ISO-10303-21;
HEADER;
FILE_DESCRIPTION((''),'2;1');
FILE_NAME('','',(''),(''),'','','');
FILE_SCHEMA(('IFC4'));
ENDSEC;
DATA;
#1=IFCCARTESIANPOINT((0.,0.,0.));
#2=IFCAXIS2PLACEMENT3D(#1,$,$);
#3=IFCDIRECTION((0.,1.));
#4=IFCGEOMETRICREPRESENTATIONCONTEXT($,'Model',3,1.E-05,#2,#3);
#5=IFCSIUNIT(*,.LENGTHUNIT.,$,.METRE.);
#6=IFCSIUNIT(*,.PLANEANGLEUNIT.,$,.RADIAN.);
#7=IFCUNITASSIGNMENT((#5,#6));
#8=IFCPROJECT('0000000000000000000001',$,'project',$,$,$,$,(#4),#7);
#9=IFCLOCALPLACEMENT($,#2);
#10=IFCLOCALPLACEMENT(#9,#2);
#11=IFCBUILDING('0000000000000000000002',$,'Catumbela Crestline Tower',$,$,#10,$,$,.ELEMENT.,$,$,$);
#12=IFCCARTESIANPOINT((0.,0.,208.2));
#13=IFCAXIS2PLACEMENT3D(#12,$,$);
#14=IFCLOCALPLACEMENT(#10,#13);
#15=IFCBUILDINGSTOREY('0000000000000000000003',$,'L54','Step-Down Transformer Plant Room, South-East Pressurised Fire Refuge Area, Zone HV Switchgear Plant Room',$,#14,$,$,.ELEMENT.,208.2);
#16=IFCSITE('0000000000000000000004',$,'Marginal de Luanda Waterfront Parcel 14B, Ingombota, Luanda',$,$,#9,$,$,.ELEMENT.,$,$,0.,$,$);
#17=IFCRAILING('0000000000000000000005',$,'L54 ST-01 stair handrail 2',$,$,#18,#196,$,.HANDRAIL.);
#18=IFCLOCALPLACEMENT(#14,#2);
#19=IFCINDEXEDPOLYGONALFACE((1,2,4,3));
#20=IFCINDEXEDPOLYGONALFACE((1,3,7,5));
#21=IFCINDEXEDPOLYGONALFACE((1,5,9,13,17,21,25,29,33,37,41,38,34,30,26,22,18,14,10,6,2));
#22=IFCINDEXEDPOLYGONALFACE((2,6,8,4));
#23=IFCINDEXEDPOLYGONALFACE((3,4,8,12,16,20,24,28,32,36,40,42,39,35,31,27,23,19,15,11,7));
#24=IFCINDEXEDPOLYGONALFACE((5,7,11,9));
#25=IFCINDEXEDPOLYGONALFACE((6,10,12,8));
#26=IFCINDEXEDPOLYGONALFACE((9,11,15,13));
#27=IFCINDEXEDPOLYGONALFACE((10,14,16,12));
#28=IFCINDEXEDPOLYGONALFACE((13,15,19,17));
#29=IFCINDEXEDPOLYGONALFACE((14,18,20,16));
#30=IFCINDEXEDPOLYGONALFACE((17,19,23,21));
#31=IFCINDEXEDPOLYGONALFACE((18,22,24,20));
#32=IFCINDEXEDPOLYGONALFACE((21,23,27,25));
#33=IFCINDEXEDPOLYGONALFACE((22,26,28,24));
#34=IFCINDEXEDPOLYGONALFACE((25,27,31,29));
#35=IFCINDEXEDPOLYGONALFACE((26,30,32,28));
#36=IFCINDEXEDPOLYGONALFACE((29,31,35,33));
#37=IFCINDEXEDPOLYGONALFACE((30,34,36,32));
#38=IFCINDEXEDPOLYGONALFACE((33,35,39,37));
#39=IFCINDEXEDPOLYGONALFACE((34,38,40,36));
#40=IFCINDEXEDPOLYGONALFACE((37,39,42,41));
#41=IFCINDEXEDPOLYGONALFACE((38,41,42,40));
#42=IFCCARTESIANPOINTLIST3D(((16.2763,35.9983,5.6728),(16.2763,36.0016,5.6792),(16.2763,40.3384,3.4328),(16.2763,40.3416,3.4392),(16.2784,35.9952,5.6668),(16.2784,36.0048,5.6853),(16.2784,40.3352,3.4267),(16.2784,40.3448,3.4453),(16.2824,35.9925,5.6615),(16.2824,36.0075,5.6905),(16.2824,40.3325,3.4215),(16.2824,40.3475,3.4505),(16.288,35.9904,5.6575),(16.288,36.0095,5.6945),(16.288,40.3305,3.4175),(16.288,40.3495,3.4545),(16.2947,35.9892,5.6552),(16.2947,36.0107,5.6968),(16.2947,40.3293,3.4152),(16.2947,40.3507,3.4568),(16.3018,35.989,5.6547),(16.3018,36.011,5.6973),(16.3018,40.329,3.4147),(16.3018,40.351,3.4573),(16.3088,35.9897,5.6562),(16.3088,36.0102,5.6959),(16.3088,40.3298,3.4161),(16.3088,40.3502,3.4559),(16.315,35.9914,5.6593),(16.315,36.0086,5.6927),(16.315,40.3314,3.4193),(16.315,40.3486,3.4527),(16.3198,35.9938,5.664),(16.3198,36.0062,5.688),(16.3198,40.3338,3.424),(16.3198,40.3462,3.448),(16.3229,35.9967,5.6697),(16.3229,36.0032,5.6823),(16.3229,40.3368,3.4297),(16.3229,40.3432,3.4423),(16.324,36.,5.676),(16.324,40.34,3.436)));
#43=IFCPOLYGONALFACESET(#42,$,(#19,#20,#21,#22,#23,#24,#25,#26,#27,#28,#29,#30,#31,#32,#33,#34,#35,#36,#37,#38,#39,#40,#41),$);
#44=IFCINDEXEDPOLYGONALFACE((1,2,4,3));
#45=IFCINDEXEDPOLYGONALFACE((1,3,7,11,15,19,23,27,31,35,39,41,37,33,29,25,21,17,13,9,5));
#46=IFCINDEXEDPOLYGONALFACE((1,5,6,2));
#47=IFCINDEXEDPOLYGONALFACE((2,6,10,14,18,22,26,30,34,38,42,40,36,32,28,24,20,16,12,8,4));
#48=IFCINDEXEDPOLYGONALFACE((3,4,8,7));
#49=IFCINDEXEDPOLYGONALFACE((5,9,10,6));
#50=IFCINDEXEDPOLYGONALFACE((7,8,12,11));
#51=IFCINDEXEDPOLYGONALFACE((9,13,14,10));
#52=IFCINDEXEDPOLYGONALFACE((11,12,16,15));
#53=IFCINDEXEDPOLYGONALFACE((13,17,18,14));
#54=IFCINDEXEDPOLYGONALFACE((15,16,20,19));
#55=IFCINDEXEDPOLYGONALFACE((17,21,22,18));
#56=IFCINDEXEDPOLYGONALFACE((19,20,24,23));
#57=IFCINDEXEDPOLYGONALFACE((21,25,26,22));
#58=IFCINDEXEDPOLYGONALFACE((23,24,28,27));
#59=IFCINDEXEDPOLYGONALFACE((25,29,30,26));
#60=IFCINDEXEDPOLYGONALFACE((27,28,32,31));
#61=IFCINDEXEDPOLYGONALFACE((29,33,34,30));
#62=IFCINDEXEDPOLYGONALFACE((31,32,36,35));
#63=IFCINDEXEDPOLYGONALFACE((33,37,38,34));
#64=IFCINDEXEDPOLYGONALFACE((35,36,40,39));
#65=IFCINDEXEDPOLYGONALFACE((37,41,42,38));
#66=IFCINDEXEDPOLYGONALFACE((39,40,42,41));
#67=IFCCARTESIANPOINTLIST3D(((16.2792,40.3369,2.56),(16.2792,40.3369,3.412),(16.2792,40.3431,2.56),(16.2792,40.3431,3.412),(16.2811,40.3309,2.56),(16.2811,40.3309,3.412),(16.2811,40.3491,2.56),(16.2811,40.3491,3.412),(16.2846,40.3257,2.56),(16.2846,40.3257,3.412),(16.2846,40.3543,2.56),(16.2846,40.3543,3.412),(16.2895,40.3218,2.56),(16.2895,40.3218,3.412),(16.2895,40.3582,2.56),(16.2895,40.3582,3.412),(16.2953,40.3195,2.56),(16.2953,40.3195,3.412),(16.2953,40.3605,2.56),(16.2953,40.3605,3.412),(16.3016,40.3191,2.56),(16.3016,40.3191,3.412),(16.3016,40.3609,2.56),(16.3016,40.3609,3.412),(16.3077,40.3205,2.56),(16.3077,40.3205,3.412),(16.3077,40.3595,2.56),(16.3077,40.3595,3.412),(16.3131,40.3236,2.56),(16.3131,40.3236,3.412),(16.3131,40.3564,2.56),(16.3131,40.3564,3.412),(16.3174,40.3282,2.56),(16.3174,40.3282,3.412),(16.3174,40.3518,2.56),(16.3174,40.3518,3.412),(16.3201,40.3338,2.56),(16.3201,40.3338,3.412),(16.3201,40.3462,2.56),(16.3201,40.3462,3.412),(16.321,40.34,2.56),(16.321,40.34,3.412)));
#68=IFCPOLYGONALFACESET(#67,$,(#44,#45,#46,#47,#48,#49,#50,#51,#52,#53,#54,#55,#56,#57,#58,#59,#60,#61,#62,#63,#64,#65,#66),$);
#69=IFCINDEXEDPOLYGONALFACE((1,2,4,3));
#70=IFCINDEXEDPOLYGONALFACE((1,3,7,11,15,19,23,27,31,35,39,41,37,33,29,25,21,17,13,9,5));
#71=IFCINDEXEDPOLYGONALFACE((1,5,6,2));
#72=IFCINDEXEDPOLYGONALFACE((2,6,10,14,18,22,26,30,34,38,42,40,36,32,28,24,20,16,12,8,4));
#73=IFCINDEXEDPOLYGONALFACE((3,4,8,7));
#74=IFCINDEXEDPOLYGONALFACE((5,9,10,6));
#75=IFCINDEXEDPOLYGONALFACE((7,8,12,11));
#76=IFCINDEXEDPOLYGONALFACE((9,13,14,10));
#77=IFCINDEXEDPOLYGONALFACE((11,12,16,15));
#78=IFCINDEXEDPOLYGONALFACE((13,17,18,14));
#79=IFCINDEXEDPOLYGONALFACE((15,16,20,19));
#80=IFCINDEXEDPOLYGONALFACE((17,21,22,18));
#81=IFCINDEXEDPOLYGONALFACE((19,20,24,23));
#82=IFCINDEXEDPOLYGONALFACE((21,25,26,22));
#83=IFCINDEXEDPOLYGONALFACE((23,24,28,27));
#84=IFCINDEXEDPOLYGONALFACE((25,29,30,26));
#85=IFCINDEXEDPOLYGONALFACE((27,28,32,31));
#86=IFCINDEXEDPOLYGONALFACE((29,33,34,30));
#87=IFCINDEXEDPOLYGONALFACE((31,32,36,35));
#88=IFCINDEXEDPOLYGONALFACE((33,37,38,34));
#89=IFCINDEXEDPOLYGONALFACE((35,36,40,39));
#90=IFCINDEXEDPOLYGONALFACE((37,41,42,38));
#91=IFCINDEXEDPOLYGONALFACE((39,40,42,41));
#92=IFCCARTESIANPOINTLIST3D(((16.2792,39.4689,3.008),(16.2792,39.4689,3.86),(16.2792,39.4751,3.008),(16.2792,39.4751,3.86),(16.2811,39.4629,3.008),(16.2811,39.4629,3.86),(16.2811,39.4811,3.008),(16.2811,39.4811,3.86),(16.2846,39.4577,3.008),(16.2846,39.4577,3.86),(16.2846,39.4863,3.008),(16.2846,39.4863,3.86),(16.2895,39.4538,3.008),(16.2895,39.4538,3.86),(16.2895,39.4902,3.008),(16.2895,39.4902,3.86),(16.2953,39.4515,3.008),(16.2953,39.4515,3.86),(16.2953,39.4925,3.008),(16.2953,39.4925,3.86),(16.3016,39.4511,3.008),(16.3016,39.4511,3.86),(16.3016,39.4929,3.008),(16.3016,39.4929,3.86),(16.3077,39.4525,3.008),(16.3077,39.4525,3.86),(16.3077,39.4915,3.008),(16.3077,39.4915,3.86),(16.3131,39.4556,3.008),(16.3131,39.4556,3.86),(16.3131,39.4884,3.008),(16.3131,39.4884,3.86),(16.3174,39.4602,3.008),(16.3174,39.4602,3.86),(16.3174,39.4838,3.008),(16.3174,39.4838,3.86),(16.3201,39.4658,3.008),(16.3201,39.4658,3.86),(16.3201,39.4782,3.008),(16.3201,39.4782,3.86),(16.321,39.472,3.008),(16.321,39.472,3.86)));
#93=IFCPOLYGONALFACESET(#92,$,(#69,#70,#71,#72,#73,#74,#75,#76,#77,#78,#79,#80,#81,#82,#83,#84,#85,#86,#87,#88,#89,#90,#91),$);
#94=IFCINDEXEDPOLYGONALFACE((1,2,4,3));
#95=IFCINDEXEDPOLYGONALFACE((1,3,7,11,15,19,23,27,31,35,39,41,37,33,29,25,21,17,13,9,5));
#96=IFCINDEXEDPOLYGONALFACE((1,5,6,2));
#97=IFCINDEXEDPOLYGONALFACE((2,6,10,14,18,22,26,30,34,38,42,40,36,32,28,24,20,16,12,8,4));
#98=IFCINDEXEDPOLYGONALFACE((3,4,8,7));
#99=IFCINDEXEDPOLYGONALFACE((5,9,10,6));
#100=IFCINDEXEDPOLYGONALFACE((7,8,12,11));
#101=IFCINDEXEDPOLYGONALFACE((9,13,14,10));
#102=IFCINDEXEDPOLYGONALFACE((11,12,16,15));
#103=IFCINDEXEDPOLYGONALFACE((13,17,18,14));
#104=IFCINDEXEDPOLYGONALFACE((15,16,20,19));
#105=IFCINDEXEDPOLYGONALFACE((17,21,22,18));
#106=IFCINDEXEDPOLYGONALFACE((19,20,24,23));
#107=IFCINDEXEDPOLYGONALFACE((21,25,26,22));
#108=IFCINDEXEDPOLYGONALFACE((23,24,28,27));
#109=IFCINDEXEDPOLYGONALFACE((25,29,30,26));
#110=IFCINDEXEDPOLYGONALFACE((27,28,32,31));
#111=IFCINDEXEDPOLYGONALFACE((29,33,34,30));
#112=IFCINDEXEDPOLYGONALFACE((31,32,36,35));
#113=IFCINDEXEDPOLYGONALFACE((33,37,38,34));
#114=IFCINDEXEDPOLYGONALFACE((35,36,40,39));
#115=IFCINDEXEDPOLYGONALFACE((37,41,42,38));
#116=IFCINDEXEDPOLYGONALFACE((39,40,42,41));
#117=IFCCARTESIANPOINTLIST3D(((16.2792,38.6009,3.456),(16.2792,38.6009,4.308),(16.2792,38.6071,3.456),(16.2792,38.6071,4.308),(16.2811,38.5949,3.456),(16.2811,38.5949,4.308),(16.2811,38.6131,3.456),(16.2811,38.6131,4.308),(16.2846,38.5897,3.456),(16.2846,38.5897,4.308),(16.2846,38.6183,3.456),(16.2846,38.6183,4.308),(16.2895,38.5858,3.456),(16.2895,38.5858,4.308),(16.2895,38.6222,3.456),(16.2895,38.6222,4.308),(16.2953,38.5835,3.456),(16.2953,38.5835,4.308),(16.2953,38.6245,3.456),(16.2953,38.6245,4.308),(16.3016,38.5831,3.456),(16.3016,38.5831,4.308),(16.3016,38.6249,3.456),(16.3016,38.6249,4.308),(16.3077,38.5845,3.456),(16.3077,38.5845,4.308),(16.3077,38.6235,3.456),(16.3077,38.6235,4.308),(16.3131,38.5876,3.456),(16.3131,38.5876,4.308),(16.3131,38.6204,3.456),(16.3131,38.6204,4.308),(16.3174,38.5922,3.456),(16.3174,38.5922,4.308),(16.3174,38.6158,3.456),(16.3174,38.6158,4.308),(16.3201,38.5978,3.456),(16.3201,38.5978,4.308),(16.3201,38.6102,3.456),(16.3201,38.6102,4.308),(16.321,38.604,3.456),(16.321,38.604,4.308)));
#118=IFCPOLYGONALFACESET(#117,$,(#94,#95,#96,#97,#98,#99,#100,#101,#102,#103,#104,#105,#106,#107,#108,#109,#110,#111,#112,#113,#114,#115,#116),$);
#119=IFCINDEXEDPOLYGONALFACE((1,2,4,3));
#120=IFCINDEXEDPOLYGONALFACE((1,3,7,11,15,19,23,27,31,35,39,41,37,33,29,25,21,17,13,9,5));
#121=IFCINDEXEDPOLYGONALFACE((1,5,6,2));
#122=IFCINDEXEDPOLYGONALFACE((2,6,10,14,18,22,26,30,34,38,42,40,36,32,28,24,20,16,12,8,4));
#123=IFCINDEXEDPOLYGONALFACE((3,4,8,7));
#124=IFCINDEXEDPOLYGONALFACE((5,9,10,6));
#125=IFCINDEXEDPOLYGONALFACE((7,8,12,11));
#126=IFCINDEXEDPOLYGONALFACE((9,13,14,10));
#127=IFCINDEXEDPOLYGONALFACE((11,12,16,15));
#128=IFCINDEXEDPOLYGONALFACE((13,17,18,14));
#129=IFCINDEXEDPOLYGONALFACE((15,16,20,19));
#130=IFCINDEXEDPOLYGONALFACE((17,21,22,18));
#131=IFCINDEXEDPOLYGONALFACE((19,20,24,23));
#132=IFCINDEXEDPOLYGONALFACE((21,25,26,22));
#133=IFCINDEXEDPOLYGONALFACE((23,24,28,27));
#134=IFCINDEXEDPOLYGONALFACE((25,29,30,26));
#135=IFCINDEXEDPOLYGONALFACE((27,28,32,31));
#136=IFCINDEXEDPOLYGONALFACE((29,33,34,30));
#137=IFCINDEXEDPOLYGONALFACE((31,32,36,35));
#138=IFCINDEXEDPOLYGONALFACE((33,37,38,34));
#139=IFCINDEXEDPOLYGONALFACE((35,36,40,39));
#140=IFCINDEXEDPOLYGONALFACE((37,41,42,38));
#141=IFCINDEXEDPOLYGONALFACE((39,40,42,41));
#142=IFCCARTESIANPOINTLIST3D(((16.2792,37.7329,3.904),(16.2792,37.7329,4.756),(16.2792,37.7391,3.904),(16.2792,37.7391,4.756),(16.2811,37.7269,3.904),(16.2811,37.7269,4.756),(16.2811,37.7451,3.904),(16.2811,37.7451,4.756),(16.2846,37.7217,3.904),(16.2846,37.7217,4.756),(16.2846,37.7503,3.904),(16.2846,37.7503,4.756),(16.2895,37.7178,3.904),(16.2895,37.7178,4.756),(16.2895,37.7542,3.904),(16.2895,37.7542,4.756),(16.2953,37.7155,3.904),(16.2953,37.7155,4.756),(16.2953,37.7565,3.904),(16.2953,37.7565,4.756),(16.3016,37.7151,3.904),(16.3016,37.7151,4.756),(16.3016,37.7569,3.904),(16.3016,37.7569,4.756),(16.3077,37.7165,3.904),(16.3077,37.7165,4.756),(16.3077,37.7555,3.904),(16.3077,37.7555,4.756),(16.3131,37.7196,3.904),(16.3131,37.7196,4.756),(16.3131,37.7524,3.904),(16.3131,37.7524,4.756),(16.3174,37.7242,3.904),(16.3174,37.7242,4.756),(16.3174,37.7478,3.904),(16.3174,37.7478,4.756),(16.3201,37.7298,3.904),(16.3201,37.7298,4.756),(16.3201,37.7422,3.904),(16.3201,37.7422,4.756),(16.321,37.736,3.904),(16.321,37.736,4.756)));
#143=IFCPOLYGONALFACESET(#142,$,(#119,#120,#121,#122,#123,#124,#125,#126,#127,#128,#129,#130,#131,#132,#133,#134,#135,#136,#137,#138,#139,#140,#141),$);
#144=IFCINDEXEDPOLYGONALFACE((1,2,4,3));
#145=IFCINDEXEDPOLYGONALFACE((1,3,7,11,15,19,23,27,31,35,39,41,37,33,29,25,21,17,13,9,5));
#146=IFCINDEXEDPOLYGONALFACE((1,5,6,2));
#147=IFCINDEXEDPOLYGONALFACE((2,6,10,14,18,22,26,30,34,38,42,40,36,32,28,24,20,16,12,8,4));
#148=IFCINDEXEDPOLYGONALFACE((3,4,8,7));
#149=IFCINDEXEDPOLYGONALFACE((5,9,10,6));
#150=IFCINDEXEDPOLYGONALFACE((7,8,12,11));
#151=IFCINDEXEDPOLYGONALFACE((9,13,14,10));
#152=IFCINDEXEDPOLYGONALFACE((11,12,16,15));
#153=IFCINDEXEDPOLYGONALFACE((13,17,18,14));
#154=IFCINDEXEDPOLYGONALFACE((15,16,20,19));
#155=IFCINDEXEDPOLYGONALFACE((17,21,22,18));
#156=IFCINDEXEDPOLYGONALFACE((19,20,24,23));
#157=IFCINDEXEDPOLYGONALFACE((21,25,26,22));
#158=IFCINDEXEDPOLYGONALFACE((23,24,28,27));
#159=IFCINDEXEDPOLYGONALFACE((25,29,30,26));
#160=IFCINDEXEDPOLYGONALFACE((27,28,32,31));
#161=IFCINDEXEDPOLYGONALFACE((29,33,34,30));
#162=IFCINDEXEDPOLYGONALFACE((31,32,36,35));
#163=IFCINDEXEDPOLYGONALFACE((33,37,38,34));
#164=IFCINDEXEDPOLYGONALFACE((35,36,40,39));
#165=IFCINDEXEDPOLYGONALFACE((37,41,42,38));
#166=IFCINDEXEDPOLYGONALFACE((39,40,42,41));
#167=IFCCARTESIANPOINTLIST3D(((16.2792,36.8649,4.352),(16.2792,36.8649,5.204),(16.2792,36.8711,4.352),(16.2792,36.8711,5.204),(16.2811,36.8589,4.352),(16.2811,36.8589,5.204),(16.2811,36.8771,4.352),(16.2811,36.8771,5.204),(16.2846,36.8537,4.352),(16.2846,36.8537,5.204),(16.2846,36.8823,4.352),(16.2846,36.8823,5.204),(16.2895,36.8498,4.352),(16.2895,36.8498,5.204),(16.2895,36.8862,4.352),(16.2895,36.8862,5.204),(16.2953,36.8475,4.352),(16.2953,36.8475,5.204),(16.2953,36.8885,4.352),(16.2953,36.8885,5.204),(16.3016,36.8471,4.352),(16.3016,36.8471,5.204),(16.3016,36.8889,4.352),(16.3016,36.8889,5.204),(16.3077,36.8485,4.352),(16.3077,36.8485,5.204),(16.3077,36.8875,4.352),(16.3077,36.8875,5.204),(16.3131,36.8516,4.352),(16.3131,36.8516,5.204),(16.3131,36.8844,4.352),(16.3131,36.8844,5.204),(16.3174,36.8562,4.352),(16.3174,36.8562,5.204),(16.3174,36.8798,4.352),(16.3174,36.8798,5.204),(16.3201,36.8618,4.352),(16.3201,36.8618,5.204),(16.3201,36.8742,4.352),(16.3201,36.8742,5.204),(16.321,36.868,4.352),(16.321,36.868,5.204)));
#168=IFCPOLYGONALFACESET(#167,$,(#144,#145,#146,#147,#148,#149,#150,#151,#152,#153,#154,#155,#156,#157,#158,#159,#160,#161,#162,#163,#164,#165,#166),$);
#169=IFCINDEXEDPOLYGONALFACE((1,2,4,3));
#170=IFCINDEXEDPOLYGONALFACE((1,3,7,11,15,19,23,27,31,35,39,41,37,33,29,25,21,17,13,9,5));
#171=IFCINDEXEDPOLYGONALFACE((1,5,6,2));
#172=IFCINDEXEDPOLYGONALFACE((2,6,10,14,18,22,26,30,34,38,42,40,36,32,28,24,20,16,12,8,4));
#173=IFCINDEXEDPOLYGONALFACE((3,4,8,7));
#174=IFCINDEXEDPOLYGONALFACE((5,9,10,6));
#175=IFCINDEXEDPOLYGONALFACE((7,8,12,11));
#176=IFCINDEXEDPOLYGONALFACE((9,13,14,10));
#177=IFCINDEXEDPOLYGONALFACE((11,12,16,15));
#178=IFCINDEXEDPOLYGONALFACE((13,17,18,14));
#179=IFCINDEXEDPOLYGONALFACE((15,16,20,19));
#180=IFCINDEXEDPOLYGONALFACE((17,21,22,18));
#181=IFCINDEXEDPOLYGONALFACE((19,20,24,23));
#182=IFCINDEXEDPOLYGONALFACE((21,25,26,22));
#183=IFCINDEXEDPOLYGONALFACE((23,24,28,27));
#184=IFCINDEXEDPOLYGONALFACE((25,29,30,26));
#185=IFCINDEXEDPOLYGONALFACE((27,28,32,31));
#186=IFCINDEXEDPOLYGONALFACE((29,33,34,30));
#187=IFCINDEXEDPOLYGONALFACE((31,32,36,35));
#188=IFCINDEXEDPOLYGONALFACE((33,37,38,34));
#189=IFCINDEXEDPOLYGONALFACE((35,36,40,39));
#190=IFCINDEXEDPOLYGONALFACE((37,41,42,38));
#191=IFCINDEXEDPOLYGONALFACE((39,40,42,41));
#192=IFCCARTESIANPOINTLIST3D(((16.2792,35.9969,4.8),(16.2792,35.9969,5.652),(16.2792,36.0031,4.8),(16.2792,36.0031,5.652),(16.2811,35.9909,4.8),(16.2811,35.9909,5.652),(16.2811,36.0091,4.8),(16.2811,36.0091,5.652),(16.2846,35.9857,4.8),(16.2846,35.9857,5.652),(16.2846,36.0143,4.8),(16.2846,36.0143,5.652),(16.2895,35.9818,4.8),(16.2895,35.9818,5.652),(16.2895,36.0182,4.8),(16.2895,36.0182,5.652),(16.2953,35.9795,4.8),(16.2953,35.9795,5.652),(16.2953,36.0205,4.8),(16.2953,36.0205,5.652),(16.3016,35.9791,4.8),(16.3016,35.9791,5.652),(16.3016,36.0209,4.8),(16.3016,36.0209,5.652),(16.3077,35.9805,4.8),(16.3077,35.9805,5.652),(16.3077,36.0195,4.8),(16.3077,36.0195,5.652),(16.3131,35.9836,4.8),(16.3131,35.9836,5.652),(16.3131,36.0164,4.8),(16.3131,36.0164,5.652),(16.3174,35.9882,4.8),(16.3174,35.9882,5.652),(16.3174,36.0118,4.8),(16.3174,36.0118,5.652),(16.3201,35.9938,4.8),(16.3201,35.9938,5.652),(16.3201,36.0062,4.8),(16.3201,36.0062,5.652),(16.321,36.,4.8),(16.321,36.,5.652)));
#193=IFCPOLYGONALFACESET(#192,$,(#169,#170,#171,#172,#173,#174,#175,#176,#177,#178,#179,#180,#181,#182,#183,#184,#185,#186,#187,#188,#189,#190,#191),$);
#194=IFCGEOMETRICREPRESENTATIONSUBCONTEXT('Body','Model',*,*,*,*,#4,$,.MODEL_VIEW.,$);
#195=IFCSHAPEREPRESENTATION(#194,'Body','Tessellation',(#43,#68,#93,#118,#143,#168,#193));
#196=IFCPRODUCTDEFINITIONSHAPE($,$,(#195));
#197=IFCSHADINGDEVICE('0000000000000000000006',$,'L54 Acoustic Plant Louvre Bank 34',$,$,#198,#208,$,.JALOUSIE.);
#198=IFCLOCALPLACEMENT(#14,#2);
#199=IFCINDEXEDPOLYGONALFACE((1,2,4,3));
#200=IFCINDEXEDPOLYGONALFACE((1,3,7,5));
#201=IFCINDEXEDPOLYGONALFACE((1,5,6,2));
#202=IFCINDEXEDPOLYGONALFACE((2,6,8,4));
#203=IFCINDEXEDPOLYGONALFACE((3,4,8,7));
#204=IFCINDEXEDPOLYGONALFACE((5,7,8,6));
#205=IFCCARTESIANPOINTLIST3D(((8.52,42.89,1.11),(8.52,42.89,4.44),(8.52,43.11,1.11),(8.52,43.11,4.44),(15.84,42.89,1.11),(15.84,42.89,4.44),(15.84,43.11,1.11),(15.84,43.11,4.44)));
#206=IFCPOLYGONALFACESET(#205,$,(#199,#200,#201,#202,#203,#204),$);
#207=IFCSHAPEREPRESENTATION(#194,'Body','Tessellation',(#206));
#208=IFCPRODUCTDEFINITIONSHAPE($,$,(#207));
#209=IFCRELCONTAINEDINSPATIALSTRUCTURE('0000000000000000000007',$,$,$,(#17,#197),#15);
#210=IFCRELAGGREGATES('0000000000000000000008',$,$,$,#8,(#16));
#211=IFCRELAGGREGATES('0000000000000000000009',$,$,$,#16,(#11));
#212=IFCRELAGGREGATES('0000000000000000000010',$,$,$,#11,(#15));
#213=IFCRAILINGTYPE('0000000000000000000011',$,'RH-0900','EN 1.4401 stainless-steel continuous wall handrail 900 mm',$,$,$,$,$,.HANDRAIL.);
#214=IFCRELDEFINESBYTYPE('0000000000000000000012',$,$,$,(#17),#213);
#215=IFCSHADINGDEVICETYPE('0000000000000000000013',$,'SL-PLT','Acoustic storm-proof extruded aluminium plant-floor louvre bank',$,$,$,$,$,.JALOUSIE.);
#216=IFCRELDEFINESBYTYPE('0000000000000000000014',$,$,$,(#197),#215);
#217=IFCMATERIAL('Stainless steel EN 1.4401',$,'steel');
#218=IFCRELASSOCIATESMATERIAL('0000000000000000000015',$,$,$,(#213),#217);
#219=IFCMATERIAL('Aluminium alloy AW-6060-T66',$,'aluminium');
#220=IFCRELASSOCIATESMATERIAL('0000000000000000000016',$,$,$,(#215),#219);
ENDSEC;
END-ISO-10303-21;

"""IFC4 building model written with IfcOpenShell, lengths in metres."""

from ifc_helpers import new_model, si_unit, direction, frame, origin, origin_2d, place, context, subcontext, project, spatial, rectangle, circle, extrude, material, type_object, element, save


model = new_model("IFC4")

# Units and contexts
model_context = context("Model", 3, precision=1e-05, world=origin(), true_north=direction((0.0, 1.0)))
body_context = subcontext(model_context, "Body", "Model", "MODEL_VIEW")
ifc_project = project(units=[si_unit("LENGTHUNIT", "METRE"), si_unit("PLANEANGLEUNIT", "RADIAN")], contexts=[model_context])

# Site, building, storey
site_placement = place(None, origin())
site = spatial("IfcSite", under=ifc_project, at=site_placement, Name="Marginal de Luanda Waterfront Parcel 14B, Ingombota, Luanda", CompositionType="ELEMENT", RefElevation=0.0)
building_placement = place(site_placement, origin())
building = spatial("IfcBuilding", under=site, at=building_placement, Name="Catumbela Crestline Tower", CompositionType="ELEMENT")
storey_placement = place(building_placement, frame((0.0, 0.0, 208.2)))
storey = spatial("IfcBuildingStorey", under=building, at=storey_placement, Name="L54", Description="Step-Down Transformer Plant Room, South-East Pressurised Fire Refuge Area, Zone HV Switchgear Plant Room", CompositionType="ELEMENT", Elevation=208.2)

# Shared definitions
ifc_material_1 = material(Name="Stainless steel EN 1.4401", Category="steel")

# Railing
railing_type_1 = type_object("IfcRailingType", Name="RH-0900", Description="EN 1.4401 stainless-steel continuous wall handrail 900 mm", PredefinedType="HANDRAIL", material=ifc_material_1)
railing_1_placement = place(storey_placement, frame((16.3, 40.34, 2.56)))
element("IfcRailing", 1, at=railing_1_placement, inside=storey, type_object=railing_type_1, Name="L54 ST-01 stair handrail 2", PredefinedType="HANDRAIL", context=body_context, shape_type="SweptSolid", body=[
    extrude(circle(Radius=0.024, at=origin_2d()), frame((0.0, 0.0, 0.876), z_axis=(0.0, -0.888621, 0.458643), x_axis=(1.0, 0.0, 0.0)), (0.0, 0.0, 1.0), 4.884),
    extrude(circle(Radius=0.021, at=origin_2d()), origin(), (0.0, 0.0, 1.0), 0.852),
    extrude(circle(Radius=0.021, at=origin_2d()), frame((0.0, -0.868, 0.448)), (0.0, 0.0, 1.0), 0.852),
    extrude(circle(Radius=0.021, at=origin_2d()), frame((0.0, -1.736, 0.896)), (0.0, 0.0, 1.0), 0.852),
    extrude(circle(Radius=0.021, at=origin_2d()), frame((0.0, -2.604, 1.344)), (0.0, 0.0, 1.0), 0.852),
    extrude(circle(Radius=0.021, at=origin_2d()), frame((0.0, -3.472, 1.792)), (0.0, 0.0, 1.0), 0.852),
    extrude(circle(Radius=0.021, at=origin_2d()), frame((0.0, -4.34, 2.24)), (0.0, 0.0, 1.0), 0.852),
])

# Shading device
ifc_material_2 = material(Name="Aluminium alloy AW-6060-T66", Category="aluminium")
shading_device_type = type_object("IfcShadingDeviceType", Name="SL-PLT", Description="Acoustic storm-proof extruded aluminium plant-floor louvre bank", PredefinedType="JALOUSIE", material=ifc_material_2)
shading_device_1_placement = place(storey_placement, frame((12.18, 43.0, 1.11), z_axis=(0.0, 0.0, 1.0), x_axis=(-1.0, 0.0, 0.0)))
element("IfcShadingDevice", 2, at=shading_device_1_placement, inside=storey, type_object=shading_device_type, Name="L54 Acoustic Plant Louvre Bank 34", PredefinedType="JALOUSIE", context=body_context, shape_type="SweptSolid", body=[
    extrude(rectangle(XDim=7.32, YDim=0.22, at=origin_2d()), origin(), (0.0, 0.0, 1.0), 3.33),
])

save(model, "model.ifc")
